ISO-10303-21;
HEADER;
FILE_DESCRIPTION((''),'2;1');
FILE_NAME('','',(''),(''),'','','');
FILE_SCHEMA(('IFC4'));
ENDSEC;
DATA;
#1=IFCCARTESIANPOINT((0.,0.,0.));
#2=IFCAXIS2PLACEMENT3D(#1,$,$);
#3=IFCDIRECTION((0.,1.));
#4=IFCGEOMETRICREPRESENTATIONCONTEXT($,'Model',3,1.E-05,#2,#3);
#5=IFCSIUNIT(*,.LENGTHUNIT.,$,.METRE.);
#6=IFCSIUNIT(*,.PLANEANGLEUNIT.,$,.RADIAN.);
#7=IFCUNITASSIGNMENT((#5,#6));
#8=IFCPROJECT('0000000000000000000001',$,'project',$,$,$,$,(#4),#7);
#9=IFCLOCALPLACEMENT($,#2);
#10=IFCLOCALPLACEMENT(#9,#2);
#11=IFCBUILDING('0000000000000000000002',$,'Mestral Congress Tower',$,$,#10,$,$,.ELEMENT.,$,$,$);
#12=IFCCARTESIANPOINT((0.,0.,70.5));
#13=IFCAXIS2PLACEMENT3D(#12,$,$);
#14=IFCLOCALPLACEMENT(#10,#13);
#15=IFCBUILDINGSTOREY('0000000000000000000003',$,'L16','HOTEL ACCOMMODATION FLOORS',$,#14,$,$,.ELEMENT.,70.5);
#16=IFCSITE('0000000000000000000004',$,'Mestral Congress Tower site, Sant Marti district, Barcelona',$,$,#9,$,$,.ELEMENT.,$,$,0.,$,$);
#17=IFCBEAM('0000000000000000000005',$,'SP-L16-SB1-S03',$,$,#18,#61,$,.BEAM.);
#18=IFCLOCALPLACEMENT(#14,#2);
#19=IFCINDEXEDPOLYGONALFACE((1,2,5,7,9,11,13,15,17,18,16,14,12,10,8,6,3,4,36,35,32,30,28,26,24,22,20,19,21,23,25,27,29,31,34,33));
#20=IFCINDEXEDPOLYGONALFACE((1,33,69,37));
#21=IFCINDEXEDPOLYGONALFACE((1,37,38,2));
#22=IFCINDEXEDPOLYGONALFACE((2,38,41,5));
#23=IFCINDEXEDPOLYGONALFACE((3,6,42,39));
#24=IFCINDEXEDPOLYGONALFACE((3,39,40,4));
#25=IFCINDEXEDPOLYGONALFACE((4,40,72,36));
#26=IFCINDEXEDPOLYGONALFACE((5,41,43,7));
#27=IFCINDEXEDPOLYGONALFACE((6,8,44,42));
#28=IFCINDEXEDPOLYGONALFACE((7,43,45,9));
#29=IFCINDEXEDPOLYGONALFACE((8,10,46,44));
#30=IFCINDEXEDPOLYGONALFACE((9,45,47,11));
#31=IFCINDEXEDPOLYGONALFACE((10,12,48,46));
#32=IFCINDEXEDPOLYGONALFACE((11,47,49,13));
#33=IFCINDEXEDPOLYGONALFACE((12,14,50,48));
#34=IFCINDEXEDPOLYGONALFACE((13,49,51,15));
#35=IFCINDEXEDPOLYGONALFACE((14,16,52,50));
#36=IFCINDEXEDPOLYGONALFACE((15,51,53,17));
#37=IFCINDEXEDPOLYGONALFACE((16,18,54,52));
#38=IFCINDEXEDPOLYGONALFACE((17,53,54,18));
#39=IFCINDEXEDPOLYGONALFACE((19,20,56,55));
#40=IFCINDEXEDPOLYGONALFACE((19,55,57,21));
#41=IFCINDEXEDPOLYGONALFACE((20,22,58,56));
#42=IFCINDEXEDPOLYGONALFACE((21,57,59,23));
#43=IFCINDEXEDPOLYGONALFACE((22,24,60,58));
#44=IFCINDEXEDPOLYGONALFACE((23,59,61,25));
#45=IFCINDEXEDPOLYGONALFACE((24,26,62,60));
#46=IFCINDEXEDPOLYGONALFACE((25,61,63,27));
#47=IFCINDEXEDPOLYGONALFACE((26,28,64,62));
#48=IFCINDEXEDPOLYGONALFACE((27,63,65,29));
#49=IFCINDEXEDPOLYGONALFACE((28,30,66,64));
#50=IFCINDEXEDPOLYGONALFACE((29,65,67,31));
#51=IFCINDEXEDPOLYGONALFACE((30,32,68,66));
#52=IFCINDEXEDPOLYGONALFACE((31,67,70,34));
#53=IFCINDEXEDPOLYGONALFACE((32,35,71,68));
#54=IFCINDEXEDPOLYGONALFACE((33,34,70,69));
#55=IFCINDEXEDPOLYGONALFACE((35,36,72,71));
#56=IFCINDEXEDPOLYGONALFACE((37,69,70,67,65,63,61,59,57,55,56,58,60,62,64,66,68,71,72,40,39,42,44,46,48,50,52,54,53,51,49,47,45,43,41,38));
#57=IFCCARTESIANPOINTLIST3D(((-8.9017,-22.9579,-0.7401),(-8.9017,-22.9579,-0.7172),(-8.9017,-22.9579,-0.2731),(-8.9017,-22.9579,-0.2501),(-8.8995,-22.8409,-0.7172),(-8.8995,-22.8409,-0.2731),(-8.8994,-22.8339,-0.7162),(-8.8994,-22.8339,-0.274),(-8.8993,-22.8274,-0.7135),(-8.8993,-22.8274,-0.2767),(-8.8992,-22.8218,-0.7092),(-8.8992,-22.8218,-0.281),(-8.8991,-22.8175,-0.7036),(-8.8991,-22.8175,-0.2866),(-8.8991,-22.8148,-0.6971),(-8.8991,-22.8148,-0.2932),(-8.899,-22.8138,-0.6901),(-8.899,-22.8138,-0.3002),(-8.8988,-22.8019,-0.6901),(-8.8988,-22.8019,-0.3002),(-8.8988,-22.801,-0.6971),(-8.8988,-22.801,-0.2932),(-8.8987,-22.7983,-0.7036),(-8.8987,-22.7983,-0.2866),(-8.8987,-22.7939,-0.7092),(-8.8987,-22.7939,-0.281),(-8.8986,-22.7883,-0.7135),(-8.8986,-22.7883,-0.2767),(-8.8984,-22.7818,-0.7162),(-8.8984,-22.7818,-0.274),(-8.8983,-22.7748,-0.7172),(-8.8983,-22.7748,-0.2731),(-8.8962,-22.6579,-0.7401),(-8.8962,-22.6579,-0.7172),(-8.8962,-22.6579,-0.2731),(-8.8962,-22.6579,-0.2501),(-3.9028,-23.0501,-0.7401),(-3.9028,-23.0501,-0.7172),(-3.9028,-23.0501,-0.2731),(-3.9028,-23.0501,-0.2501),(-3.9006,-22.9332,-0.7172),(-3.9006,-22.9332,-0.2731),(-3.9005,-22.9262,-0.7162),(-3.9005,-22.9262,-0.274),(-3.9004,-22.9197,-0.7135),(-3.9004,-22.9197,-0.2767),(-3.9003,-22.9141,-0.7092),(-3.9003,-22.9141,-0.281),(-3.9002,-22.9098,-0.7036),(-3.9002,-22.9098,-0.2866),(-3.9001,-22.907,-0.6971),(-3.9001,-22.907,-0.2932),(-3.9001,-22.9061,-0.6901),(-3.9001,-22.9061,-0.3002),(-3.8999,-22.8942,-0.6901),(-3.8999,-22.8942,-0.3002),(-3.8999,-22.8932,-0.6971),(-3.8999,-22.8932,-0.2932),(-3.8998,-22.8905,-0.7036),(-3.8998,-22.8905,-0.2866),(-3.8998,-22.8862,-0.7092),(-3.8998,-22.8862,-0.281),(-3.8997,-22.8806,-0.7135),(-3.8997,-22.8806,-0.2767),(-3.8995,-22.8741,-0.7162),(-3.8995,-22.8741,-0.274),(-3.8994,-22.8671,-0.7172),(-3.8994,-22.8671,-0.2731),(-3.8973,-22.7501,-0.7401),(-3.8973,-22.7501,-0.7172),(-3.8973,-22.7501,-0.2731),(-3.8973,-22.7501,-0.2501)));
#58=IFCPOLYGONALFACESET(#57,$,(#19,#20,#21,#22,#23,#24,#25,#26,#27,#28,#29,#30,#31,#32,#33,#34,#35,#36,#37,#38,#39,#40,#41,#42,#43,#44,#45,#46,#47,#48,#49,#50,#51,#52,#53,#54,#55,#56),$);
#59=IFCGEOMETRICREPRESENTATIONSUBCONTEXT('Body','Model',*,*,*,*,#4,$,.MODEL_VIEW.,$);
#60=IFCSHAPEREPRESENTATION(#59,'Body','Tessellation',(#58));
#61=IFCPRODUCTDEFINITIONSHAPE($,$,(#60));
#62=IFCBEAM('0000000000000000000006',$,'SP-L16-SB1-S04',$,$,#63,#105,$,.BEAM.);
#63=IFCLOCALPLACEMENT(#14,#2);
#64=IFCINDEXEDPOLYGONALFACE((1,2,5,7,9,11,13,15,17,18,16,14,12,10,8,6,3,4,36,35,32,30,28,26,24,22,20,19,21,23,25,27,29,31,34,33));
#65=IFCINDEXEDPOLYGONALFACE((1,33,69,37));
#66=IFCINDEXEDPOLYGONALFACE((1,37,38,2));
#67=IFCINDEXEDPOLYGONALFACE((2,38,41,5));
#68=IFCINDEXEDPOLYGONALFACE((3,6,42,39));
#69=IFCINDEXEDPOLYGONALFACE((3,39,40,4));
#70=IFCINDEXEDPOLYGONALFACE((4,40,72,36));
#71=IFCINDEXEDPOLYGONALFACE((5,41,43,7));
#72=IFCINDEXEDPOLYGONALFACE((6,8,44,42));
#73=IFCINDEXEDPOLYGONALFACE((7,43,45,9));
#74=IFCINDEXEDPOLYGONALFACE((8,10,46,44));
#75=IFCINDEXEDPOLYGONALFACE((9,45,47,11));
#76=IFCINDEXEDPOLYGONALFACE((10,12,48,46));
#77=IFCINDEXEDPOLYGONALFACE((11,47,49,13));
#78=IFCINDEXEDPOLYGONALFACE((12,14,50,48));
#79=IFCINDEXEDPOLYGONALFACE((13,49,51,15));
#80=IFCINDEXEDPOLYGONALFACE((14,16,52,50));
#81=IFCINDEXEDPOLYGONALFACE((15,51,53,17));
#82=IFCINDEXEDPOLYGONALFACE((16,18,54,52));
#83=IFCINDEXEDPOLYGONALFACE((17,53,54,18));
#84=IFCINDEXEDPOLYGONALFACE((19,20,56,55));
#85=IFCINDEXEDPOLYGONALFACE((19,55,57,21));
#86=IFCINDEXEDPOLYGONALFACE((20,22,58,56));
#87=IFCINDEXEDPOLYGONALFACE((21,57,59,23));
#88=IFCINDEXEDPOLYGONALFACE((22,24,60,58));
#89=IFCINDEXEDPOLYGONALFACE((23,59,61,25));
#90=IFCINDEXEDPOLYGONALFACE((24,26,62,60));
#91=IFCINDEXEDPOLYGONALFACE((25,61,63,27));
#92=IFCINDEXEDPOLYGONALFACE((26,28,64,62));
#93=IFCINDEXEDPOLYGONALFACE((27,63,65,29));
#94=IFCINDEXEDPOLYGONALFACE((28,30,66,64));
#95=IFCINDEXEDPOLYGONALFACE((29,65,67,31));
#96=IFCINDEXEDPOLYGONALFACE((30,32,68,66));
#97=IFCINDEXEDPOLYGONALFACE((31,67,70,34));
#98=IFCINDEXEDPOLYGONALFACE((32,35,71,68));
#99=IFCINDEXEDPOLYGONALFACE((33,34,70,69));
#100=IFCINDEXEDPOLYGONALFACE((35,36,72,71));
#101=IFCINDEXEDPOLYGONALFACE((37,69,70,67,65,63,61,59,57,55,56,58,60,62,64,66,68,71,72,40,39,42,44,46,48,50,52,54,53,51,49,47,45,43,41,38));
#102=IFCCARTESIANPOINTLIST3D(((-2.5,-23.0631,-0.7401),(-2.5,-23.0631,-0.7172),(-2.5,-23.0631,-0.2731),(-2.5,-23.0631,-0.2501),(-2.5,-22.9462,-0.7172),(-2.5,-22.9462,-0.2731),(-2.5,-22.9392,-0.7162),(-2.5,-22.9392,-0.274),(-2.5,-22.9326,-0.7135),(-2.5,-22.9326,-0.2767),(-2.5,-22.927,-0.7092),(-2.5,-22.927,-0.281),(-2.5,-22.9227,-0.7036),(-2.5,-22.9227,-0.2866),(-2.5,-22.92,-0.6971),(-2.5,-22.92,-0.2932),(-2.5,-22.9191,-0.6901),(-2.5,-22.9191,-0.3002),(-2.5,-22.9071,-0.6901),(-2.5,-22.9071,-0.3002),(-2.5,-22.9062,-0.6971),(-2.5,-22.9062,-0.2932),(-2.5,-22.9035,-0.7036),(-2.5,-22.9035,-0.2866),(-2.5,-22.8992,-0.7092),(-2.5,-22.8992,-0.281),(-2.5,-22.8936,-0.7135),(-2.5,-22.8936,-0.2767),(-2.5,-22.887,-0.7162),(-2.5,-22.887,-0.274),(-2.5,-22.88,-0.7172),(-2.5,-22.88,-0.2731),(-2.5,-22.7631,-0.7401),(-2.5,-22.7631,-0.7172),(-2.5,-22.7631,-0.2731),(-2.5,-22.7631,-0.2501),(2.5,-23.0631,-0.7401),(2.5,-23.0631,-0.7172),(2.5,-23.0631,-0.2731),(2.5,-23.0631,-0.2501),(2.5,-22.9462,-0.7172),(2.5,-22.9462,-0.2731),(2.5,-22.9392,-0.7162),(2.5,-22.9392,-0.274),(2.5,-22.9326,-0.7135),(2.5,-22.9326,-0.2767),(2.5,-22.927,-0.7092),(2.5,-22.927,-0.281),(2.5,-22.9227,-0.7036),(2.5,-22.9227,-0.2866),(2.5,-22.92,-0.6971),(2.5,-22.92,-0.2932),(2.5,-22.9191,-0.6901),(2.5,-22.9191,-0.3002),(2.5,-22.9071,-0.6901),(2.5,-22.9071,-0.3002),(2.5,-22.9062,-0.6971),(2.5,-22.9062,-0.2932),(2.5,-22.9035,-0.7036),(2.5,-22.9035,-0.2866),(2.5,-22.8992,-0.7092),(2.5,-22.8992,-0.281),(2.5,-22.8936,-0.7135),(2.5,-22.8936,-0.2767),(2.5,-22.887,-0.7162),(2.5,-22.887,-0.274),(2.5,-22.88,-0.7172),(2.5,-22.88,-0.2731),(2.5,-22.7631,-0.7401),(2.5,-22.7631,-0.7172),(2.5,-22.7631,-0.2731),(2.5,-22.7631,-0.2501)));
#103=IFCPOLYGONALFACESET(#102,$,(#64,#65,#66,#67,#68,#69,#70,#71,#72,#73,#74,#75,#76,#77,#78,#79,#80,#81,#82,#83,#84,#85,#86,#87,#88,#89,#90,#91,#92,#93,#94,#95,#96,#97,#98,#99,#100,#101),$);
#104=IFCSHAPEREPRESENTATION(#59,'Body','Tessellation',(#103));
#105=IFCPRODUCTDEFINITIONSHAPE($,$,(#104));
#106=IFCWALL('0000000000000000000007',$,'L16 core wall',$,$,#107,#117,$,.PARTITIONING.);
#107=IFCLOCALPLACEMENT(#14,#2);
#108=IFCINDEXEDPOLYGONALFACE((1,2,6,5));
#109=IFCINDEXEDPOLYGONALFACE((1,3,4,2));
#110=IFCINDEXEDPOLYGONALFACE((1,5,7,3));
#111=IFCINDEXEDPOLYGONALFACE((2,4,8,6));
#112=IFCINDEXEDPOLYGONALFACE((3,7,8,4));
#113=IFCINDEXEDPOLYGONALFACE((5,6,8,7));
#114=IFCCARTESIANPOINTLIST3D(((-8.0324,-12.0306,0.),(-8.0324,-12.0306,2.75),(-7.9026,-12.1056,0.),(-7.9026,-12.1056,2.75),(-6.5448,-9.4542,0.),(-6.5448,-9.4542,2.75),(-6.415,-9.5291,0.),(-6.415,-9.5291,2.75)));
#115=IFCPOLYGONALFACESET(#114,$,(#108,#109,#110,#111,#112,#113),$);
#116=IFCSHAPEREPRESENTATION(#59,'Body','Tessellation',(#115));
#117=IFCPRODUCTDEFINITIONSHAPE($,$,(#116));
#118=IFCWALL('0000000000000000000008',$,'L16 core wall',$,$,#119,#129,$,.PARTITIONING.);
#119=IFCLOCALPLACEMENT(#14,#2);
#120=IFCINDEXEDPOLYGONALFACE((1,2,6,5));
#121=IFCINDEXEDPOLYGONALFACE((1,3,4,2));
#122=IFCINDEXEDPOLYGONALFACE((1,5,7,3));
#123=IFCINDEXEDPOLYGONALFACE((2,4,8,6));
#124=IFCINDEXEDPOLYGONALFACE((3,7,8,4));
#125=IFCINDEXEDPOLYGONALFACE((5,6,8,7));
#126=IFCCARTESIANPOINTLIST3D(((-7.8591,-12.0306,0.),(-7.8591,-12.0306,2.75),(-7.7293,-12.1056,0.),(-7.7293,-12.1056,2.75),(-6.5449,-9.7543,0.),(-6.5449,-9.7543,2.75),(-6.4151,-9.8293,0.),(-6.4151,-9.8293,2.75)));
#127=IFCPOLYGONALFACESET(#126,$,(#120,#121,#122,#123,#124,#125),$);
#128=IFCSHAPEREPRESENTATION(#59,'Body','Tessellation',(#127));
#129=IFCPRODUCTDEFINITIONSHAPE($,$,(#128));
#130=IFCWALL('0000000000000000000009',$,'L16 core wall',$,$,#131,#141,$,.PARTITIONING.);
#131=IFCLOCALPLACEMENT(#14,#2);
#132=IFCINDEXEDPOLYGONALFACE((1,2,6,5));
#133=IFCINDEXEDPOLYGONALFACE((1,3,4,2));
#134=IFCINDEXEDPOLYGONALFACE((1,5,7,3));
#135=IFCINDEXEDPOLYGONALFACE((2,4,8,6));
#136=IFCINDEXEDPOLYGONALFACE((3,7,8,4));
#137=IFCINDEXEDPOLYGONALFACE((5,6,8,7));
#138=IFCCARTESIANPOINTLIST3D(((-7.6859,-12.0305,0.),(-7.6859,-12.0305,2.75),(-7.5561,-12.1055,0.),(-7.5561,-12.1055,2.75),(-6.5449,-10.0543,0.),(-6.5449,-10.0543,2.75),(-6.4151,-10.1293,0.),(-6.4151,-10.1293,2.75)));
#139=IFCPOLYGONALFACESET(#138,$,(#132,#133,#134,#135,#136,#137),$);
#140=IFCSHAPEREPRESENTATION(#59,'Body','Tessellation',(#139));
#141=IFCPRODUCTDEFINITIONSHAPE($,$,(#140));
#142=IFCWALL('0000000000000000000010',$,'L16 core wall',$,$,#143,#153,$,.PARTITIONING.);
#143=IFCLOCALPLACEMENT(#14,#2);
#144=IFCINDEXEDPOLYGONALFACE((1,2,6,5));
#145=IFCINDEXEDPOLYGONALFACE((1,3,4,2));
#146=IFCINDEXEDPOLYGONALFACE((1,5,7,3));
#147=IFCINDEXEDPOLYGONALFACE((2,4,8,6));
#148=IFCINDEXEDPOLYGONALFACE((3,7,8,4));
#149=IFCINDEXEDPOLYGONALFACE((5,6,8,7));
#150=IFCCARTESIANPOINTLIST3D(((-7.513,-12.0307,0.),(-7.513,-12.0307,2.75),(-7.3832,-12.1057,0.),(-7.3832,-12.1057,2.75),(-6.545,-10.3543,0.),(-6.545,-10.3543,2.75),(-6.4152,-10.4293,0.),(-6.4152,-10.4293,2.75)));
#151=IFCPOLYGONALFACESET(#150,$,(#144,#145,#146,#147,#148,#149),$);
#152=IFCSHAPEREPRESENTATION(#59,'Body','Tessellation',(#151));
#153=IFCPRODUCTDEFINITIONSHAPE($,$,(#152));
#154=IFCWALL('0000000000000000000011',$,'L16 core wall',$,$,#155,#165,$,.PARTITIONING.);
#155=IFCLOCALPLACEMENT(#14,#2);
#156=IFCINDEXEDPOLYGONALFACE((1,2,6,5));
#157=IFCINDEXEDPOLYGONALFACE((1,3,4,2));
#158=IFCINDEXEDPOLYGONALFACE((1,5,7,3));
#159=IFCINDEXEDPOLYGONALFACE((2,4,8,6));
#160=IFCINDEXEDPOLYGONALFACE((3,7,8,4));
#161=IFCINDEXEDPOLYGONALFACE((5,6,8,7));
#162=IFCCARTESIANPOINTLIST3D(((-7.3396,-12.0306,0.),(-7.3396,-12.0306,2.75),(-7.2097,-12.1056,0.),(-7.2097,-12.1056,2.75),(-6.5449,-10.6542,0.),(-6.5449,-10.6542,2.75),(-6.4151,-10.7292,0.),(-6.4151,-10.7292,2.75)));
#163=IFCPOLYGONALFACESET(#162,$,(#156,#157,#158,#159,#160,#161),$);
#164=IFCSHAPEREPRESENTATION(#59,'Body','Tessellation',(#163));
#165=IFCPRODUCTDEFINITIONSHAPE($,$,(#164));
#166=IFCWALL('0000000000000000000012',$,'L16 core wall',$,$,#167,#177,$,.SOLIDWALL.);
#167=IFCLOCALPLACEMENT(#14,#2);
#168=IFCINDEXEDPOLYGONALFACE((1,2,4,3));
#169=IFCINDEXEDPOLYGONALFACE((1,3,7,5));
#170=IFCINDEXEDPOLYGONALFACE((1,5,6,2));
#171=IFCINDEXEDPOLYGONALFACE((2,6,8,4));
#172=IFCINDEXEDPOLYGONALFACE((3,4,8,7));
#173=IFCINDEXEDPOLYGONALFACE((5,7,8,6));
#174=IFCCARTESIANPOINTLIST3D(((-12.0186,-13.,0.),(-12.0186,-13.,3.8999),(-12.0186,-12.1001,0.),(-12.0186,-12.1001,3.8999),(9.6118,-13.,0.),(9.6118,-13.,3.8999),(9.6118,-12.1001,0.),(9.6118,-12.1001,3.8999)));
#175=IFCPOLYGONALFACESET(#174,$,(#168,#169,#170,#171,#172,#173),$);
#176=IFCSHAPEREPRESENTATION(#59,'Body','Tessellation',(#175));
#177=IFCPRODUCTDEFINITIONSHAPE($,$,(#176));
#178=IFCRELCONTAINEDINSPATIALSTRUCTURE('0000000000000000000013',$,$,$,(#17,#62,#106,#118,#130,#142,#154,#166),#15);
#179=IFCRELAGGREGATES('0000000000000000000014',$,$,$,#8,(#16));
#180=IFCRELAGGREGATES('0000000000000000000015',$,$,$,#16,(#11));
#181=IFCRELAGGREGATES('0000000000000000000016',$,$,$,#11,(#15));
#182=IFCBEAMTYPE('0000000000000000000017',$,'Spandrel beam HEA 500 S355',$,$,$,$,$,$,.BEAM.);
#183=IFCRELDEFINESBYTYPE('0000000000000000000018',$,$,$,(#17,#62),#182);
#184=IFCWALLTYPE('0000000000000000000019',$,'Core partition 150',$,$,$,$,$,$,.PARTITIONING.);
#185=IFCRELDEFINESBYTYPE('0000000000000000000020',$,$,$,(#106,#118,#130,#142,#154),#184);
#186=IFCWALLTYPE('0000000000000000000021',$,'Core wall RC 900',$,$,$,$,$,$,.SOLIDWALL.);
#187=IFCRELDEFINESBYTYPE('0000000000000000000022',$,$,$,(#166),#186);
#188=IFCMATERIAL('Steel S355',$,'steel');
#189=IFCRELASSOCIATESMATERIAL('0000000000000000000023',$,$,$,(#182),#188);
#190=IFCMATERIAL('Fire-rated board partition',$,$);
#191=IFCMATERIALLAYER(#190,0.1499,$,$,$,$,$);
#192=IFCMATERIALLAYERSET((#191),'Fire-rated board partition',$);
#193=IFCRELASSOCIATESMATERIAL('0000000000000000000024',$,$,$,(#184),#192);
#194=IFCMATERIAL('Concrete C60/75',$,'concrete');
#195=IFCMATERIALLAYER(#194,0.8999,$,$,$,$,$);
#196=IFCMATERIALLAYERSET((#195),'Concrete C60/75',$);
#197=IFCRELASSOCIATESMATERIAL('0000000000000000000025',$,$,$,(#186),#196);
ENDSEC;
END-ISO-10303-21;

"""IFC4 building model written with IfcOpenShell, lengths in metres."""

from ifc_helpers import new_model, si_unit, direction, frame, frame_2d, origin, origin_2d, place, context, subcontext, project, spatial, rectangle, i_section, extrude, material, layer, layer_set, material_profile, profile_set, type_object, element, save


model = new_model("IFC4")

# Units and contexts
model_context = context("Model", 3, precision=1e-05, world=origin(), true_north=direction((0.0, 1.0)))
body_context = subcontext(model_context, "Body", "Model", "MODEL_VIEW")
ifc_project = project(units=[si_unit("LENGTHUNIT", "METRE"), si_unit("PLANEANGLEUNIT", "RADIAN")], contexts=[model_context])

# Site, building, storey
site_placement = place(None, origin())
site = spatial("IfcSite", under=ifc_project, at=site_placement, Name="Mestral Congress Tower site, Sant Marti district, Barcelona", CompositionType="ELEMENT", RefElevation=0.0)
building_placement = place(site_placement, origin())
building = spatial("IfcBuilding", under=site, at=building_placement, Name="Mestral Congress Tower", CompositionType="ELEMENT")
storey_placement = place(building_placement, frame((0.0, 0.0, 70.5)))
storey = spatial("IfcBuildingStorey", under=building, at=storey_placement, Name="L16", Description="HOTEL ACCOMMODATION FLOORS", CompositionType="ELEMENT", Elevation=70.5)

# Beams
ifc_material_1 = material(Name="Steel S355", Category="steel")
ifc_material_profile_1 = material_profile(ifc_material_1, i_section(OverallWidth=0.3, OverallDepth=0.49, WebThickness=0.012, FlangeThickness=0.0229, FilletRadius=0.0271, at=origin_2d()), Name="HEA 500")
ifc_profile_set_1 = profile_set([ifc_material_profile_1], Name="Steel S355")
beam_type_1 = type_object("IfcBeamType", Name="Spandrel beam HEA 500 S355", PredefinedType="BEAM", material=ifc_profile_set_1)
beam_1_placement = place(storey_placement, frame((-8.8989, -22.8079, -0.4951), z_axis=(0.99983, -0.018457, 0.0), x_axis=(0.018457, 0.99983, 0.0)))
element("IfcBeam", 1, at=beam_1_placement, inside=storey, type_object=beam_type_1, Name="SP-L16-SB1-S03", PredefinedType="BEAM", context=body_context, shape_type="SweptSolid", body=[
    extrude(i_section(OverallWidth=0.3, OverallDepth=0.49, WebThickness=0.012, FlangeThickness=0.0229, FilletRadius=0.0271, at=origin_2d()), origin(), (0.0, 0.0, 1.0), 4.9998),
])
beam_2_placement = place(storey_placement, frame((-2.5, -22.9131, -0.4951), z_axis=(1.0, 0.0, 0.0), x_axis=(0.0, 1.0, 0.0)))
element("IfcBeam", 2, at=beam_2_placement, inside=storey, type_object=beam_type_1, Name="SP-L16-SB1-S04", PredefinedType="BEAM", context=body_context, shape_type="SweptSolid", body=[
    extrude(i_section(OverallWidth=0.3, OverallDepth=0.49, WebThickness=0.012, FlangeThickness=0.0229, FilletRadius=0.0271, at=origin_2d()), origin(), (0.0, 0.0, 1.0), 5.0),
])

# Walls
ifc_material_2 = material(Name="Fire-rated board partition")
ifc_layer_1 = layer(ifc_material_2, 0.1499)
ifc_layer_set_1 = layer_set([ifc_layer_1], Name="Fire-rated board partition")
wall_type_1 = type_object("IfcWallType", Name="Core partition 150", PredefinedType="PARTITIONING", material=ifc_layer_set_1)
wall_1_placement = place(storey_placement, frame((-7.9675, -12.0681, 0.0), z_axis=(0.0, 0.0, 1.0), x_axis=(0.500014, 0.866017, 0.0)))
element("IfcWall", 3, at=wall_1_placement, inside=storey, type_object=wall_type_1, Name="L16 core wall", PredefinedType="PARTITIONING", context=body_context, shape_type="SweptSolid", body=[
    extrude(rectangle(XDim=2.9751, YDim=0.1499, at=frame_2d((1.4875, 0.0))), origin(), (0.0, 0.0, 1.0), 2.75),
])
wall_2_placement = place(storey_placement, frame((-7.7942, -12.0681, 0.0), z_axis=(0.0, 0.0, 1.0), x_axis=(0.499985, 0.866034, 0.0)))
element("IfcWall", 4, at=wall_2_placement, inside=storey, type_object=wall_type_1, Name="L16 core wall", PredefinedType="PARTITIONING", context=body_context, shape_type="SweptSolid", body=[
    extrude(rectangle(XDim=2.6284, YDim=0.1499, at=frame_2d((1.3142, 0.0))), origin(), (0.0, 0.0, 1.0), 2.75),
])
wall_3_placement = place(storey_placement, frame((-7.6211, -12.0681, 0.0), z_axis=(0.0, 0.0, 1.0), x_axis=(0.500028, 0.866009, 0.0)))
element("IfcWall", 5, at=wall_3_placement, inside=storey, type_object=wall_type_1, Name="L16 core wall", PredefinedType="PARTITIONING", context=body_context, shape_type="SweptSolid", body=[
    extrude(rectangle(XDim=2.282, YDim=0.1499, at=frame_2d((1.1411, 0.0))), origin(), (0.0, 0.0, 1.0), 2.75),
])
wall_4_placement = place(storey_placement, frame((-7.448, -12.0681, 0.0), z_axis=(0.0, 0.0, 1.0), x_axis=(0.500032, 0.866007, 0.0)))
element("IfcWall", 6, at=wall_4_placement, inside=storey, type_object=wall_type_1, Name="L16 core wall", PredefinedType="PARTITIONING", context=body_context, shape_type="SweptSolid", body=[
    extrude(rectangle(XDim=1.9358, YDim=0.1499, at=frame_2d((0.9678, 0.0))), origin(), (0.0, 0.0, 1.0), 2.75),
])
wall_5_placement = place(storey_placement, frame((-7.2747, -12.0681, 0.0), z_axis=(0.0, 0.0, 1.0), x_axis=(0.499988, 0.866032, 0.0)))
element("IfcWall", 7, at=wall_5_placement, inside=storey, type_object=wall_type_1, Name="L16 core wall", PredefinedType="PARTITIONING", context=body_context, shape_type="SweptSolid", body=[
    extrude(rectangle(XDim=1.5894, YDim=0.1499, at=frame_2d((0.7947, 0.0))), origin(), (0.0, 0.0, 1.0), 2.75),
])
ifc_material_3 = material(Name="Concrete C60/75", Category="concrete")
ifc_layer_2 = layer(ifc_material_3, 0.8999)
ifc_layer_set_2 = layer_set([ifc_layer_2], Name="Concrete C60/75")
wall_type_2 = type_object("IfcWallType", Name="Core wall RC 900", PredefinedType="SOLIDWALL", material=ifc_layer_set_2)
wall_6_placement = place(storey_placement, frame((-12.0186, -12.55, 0.0), z_axis=(0.0, 0.0, 1.0), x_axis=(1.0, 0.0, 0.0)))
element("IfcWall", 8, at=wall_6_placement, inside=storey, type_object=wall_type_2, Name="L16 core wall", PredefinedType="SOLIDWALL", context=body_context, shape_type="SweptSolid", body=[
    extrude(rectangle(XDim=21.6304, YDim=0.8999, at=frame_2d((10.8152, 0.0))), origin(), (0.0, 0.0, 1.0), 3.8999),
])

save(model, "model.ifc")
